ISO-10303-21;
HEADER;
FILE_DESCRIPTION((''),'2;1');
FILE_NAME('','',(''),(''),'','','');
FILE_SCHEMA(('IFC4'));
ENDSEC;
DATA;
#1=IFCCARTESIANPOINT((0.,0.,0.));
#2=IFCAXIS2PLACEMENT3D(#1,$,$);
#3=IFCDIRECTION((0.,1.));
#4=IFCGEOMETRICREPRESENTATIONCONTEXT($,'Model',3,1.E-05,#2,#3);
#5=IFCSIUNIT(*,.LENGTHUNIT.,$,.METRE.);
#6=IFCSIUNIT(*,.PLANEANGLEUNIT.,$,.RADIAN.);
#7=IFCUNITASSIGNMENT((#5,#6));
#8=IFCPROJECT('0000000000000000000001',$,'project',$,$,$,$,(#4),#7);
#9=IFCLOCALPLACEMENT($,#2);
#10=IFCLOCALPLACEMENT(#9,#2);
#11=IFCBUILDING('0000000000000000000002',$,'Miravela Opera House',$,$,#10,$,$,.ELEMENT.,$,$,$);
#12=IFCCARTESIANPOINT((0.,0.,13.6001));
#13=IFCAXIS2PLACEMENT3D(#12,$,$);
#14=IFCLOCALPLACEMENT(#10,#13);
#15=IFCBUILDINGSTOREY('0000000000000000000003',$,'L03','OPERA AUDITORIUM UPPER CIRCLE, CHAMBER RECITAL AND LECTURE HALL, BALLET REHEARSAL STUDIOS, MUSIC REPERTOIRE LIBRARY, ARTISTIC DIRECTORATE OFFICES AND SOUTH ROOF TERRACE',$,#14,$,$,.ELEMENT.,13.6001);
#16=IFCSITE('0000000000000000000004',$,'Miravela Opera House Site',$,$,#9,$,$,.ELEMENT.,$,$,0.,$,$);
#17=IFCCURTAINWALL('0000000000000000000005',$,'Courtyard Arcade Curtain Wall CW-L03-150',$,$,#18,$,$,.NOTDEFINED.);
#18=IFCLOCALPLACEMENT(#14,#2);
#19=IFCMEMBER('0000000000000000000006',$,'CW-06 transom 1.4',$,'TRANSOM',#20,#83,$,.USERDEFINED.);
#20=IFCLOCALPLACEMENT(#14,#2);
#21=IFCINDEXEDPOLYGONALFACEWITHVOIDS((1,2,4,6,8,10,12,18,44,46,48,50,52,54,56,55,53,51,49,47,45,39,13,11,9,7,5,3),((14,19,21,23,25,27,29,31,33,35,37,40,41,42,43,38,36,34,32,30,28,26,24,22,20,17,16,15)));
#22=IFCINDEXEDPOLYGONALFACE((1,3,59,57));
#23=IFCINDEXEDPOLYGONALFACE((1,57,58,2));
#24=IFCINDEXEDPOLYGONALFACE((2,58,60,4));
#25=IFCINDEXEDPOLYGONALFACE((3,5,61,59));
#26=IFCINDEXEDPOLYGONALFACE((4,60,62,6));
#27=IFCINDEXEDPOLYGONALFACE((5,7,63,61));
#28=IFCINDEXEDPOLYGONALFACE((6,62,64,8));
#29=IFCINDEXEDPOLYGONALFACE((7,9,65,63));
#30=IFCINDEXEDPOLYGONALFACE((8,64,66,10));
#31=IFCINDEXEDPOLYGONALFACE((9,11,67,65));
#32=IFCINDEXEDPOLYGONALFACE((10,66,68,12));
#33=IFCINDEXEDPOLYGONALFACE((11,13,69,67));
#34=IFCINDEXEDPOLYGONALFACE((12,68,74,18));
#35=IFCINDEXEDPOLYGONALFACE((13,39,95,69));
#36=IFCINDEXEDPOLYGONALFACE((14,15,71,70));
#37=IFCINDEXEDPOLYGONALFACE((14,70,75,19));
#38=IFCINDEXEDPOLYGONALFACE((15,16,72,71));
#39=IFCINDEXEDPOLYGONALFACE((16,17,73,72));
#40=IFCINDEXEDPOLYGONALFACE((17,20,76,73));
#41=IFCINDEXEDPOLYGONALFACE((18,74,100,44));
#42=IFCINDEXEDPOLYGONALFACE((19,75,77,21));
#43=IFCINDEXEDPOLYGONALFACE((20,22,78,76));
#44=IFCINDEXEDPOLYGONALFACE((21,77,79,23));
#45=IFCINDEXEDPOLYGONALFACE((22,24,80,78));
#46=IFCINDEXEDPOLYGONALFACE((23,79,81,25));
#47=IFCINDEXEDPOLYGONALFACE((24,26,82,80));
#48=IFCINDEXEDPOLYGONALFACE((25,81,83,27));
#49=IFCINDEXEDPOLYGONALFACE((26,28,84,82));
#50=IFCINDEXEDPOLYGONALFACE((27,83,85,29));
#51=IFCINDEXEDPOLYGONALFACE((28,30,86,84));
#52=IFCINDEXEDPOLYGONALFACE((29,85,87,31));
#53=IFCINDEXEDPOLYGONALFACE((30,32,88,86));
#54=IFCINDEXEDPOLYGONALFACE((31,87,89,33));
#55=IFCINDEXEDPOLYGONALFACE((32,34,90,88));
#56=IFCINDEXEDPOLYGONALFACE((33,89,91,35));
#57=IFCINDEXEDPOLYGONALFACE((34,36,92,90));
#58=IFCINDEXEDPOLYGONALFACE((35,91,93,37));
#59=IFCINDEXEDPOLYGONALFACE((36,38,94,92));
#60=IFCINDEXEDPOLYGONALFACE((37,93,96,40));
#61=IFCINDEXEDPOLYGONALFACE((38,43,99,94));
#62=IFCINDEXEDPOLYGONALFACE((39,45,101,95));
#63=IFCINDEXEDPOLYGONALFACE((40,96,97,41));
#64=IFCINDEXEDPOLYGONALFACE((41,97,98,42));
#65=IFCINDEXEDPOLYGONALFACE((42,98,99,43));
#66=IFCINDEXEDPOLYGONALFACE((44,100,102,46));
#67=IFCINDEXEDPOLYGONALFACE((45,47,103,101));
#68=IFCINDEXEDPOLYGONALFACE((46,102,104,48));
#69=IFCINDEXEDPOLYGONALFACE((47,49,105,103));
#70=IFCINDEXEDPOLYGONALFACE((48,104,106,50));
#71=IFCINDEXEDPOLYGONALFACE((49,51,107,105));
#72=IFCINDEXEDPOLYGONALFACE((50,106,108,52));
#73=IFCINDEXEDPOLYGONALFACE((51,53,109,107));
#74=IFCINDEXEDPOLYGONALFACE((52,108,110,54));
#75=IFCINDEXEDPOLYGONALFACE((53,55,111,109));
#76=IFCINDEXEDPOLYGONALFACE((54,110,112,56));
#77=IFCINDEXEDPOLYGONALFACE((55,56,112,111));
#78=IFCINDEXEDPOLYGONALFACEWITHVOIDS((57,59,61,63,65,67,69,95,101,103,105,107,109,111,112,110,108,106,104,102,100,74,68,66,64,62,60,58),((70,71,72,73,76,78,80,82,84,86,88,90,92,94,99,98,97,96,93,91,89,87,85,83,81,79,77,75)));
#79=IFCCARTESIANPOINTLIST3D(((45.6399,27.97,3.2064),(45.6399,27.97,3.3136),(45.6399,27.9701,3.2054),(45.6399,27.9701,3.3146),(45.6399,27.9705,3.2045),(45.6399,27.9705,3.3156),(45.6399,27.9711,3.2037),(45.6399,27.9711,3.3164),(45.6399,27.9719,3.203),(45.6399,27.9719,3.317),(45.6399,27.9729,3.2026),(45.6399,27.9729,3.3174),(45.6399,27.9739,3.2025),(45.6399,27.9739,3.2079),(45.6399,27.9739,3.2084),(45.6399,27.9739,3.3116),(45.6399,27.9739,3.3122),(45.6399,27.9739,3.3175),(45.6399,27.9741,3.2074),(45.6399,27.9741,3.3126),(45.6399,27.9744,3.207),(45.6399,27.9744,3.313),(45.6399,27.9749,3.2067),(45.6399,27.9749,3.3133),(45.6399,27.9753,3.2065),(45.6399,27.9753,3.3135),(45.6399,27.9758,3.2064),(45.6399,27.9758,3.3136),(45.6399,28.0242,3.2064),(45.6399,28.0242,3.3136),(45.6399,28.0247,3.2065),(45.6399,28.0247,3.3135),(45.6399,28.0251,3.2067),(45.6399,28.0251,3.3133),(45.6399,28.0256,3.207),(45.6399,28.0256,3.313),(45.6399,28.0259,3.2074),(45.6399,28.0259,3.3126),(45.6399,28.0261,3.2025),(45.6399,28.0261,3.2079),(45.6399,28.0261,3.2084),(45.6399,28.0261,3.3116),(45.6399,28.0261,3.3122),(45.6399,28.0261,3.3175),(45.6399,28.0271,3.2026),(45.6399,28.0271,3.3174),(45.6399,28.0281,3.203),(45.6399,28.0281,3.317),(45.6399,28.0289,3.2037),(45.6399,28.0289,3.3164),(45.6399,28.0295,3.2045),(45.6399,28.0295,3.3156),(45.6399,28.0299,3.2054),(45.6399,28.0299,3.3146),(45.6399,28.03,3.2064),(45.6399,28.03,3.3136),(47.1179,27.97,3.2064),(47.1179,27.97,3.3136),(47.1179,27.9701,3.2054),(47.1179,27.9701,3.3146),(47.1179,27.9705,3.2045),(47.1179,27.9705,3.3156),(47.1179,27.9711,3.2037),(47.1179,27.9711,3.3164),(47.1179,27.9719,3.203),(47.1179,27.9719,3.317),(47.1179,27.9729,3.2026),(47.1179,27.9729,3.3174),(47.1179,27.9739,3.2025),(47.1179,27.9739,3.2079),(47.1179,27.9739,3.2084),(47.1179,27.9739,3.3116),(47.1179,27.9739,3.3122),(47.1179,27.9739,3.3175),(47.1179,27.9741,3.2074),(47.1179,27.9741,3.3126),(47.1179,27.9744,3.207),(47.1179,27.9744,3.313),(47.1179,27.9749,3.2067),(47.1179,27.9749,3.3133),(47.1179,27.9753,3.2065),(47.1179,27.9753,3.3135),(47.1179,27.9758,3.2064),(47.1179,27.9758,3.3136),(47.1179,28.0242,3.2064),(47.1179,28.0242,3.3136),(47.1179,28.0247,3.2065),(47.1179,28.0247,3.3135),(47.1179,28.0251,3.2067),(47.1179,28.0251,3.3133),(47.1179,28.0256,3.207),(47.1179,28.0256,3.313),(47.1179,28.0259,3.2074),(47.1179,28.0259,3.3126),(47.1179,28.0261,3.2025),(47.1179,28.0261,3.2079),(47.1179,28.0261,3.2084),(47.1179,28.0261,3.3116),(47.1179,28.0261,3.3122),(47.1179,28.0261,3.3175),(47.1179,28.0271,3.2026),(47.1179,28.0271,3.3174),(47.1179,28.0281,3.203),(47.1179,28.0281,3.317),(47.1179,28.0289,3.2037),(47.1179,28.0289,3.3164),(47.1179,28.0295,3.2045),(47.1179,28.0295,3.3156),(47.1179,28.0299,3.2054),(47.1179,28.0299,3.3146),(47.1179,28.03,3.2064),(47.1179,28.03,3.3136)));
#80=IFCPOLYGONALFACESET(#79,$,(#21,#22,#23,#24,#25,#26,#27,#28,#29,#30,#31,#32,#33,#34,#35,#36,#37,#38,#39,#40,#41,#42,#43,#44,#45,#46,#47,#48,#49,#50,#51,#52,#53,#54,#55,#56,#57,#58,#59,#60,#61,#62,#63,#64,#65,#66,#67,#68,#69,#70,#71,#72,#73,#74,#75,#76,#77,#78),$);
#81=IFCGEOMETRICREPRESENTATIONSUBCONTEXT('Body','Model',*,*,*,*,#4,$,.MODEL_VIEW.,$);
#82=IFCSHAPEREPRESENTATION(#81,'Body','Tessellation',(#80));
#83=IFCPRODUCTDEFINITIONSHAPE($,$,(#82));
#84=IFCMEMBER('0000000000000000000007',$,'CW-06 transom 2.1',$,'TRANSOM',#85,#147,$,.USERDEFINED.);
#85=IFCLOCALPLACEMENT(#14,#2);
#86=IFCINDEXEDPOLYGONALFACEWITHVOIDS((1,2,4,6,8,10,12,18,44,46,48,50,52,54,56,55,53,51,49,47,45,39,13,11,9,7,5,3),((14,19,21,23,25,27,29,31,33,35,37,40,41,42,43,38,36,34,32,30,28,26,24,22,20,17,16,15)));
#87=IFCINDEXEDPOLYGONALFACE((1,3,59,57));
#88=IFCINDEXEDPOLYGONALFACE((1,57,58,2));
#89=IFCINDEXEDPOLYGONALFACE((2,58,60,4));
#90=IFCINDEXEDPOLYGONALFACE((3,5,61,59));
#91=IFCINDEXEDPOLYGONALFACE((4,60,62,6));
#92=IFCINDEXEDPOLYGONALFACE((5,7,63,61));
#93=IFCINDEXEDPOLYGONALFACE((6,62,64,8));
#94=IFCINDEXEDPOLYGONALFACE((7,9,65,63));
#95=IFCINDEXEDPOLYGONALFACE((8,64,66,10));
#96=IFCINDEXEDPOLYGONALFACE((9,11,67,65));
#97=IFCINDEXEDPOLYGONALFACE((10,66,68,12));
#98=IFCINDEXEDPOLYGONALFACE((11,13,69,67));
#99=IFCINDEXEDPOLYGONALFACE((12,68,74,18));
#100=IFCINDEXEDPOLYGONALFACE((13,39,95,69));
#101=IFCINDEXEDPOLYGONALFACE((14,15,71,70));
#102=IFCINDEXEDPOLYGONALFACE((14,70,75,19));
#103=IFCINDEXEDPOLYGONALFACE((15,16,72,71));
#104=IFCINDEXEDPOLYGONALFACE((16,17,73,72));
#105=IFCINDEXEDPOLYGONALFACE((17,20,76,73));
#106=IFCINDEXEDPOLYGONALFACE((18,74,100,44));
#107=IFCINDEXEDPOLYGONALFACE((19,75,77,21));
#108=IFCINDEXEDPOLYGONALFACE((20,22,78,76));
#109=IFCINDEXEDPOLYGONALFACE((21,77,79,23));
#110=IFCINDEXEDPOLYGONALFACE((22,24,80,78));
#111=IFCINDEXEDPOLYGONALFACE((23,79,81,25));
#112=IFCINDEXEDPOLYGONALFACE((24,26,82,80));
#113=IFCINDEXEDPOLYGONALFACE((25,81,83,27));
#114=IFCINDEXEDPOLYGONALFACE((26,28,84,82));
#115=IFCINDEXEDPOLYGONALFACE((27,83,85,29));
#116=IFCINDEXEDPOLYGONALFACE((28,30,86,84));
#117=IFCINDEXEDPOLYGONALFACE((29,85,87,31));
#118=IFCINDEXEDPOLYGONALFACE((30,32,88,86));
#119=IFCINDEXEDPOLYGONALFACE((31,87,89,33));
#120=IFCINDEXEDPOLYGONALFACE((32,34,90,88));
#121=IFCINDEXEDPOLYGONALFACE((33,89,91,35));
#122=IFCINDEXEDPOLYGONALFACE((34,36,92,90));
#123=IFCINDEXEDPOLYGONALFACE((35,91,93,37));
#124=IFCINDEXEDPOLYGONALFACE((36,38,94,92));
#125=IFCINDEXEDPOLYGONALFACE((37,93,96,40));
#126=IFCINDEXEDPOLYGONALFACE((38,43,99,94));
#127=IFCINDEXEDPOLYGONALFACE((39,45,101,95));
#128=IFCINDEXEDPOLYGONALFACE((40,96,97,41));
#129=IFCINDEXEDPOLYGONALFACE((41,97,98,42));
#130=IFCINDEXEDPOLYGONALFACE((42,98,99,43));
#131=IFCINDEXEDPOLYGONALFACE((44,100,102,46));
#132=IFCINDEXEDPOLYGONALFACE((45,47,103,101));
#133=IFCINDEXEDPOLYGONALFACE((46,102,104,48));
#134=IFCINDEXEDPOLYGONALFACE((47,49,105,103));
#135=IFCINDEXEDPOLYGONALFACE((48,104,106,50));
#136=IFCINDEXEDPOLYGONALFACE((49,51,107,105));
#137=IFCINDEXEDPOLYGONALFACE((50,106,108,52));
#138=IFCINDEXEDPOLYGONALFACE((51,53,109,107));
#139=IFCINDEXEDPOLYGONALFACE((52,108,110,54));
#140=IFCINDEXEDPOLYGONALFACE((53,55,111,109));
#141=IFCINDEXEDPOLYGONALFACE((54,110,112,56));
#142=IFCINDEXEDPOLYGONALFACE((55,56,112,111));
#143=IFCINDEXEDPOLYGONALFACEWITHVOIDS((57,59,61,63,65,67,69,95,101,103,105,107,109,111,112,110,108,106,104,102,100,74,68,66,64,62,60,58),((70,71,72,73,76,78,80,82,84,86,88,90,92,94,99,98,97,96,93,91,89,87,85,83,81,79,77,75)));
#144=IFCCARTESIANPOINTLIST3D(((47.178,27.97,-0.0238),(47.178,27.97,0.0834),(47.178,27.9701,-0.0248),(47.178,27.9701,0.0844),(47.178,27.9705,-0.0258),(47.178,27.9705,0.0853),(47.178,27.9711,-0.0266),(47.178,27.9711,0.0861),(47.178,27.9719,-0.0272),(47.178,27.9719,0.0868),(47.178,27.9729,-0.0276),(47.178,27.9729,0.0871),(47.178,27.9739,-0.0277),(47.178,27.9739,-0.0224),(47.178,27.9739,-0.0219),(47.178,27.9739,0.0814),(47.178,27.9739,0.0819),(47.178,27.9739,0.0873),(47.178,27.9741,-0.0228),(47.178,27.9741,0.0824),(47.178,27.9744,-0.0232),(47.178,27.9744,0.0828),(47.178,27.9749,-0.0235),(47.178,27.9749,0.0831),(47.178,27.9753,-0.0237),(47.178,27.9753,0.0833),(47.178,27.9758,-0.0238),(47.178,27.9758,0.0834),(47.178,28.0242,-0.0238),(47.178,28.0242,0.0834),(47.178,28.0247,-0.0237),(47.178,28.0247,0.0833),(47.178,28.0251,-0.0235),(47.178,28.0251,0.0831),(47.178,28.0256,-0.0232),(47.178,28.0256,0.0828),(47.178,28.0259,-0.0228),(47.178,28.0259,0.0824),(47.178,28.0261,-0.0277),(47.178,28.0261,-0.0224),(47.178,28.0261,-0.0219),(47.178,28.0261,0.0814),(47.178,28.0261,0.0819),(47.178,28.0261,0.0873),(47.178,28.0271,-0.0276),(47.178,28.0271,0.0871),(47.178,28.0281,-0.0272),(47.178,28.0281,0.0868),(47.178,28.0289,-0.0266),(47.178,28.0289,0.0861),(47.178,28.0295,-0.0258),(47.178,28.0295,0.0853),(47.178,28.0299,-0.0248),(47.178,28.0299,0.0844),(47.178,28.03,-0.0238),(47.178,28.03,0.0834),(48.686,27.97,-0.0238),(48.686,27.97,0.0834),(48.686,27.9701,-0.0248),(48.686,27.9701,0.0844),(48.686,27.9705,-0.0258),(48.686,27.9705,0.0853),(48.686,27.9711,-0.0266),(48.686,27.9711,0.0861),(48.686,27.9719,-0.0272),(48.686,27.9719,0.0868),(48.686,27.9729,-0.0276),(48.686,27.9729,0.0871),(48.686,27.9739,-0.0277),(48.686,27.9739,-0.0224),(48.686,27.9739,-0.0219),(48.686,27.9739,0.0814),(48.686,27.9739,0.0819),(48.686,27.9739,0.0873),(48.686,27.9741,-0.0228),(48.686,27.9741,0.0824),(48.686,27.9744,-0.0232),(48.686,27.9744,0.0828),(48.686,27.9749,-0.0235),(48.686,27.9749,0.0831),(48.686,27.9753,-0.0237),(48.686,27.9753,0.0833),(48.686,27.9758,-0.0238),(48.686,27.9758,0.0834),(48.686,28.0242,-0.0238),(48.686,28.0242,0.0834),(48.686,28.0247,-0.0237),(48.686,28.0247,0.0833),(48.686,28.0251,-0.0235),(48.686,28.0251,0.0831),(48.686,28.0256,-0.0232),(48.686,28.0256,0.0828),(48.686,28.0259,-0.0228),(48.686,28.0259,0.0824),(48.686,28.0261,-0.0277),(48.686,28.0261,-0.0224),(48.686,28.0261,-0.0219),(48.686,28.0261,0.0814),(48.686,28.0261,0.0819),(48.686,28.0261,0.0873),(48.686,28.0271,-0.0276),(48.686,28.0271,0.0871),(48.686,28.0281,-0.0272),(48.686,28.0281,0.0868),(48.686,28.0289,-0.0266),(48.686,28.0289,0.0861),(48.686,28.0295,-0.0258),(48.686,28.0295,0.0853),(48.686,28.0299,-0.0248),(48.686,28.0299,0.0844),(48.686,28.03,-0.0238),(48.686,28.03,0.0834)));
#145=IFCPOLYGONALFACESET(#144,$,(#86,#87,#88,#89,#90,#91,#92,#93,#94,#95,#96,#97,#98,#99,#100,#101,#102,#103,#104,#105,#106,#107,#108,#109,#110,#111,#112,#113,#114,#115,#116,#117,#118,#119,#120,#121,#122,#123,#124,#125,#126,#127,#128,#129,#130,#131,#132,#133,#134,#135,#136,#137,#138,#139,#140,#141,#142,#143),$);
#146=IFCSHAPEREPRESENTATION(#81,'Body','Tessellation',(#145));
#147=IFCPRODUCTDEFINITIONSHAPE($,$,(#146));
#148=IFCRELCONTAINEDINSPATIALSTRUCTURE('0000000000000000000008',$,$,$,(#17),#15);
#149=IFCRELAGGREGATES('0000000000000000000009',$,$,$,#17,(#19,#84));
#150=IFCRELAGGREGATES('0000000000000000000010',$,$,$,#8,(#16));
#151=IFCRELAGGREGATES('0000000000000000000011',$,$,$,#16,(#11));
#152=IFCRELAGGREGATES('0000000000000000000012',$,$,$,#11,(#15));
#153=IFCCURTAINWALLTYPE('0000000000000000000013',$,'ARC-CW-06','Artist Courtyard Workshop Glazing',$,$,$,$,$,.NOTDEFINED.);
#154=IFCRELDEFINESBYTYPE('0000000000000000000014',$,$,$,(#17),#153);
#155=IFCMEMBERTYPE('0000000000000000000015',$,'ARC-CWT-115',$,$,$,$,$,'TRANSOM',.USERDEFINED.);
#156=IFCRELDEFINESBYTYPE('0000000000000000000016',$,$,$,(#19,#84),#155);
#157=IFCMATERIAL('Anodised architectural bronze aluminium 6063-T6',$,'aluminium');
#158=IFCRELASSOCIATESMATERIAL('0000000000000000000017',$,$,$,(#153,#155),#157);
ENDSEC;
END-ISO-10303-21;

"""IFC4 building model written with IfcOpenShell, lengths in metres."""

from ifc_helpers import new_model, si_unit, direction, frame, origin, origin_2d, place, context, subcontext, project, spatial, hollow_rectangle, extrude, material, material_profile, profile_set, type_object, element, aggregate, save


model = new_model("IFC4")

# Units and contexts
model_context = context("Model", 3, precision=1e-05, world=origin(), true_north=direction((0.0, 1.0)))
body_context = subcontext(model_context, "Body", "Model", "MODEL_VIEW")
ifc_project = project(units=[si_unit("LENGTHUNIT", "METRE"), si_unit("PLANEANGLEUNIT", "RADIAN")], contexts=[model_context])

# Site, building, storey
site_placement = place(None, origin())
site = spatial("IfcSite", under=ifc_project, at=site_placement, Name="Miravela Opera House Site", CompositionType="ELEMENT", RefElevation=0.0)
building_placement = place(site_placement, origin())
building = spatial("IfcBuilding", under=site, at=building_placement, Name="Miravela Opera House", CompositionType="ELEMENT")
storey_placement = place(building_placement, frame((0.0, 0.0, 13.6001)))
storey = spatial("IfcBuildingStorey", under=building, at=storey_placement, Name="L03", Description="OPERA AUDITORIUM UPPER CIRCLE, CHAMBER RECITAL AND LECTURE HALL, BALLET REHEARSAL STUDIOS, MUSIC REPERTOIRE LIBRARY, ARTISTIC DIRECTORATE OFFICES AND SOUTH ROOF TERRACE", CompositionType="ELEMENT", Elevation=13.6001)

# Curtain wall
ifc_material_1 = material(Name="Anodised architectural bronze aluminium 6063-T6", Category="aluminium")
curtain_wall_type = type_object("IfcCurtainWallType", Name="ARC-CW-06", Description="Artist Courtyard Workshop Glazing", PredefinedType="NOTDEFINED", material=ifc_material_1)
curtain_wall_1_placement = place(storey_placement, origin())
curtain_wall_1 = element("IfcCurtainWall", 1, at=curtain_wall_1_placement, inside=storey, type_object=curtain_wall_type, Name="Courtyard Arcade Curtain Wall CW-L03-150", PredefinedType="NOTDEFINED")

# Members
ifc_material_profile_1 = material_profile(ifc_material_1, hollow_rectangle(XDim=0.0601, YDim=0.115, WallThickness=0.0039, InnerFilletRadius=0.002, OuterFilletRadius=0.0039, at=origin_2d()), Name="CWT-60X115")
ifc_profile_set_1 = profile_set([ifc_material_profile_1])
member_type_1 = type_object("IfcMemberType", Name="ARC-CWT-115", ElementType="TRANSOM", PredefinedType="USERDEFINED", material=ifc_profile_set_1)
member_1_placement = place(storey_placement, frame((45.6399, 28.0, 3.26), z_axis=(1.0, 0.0, 0.0), x_axis=(0.0, 1.0, 0.0)))
member_1 = element("IfcMember", 2, at=member_1_placement, type_object=member_type_1, Name="CW-06 transom 1.4", ObjectType="TRANSOM", PredefinedType="USERDEFINED", context=body_context, shape_type="SweptSolid", body=[
    extrude(hollow_rectangle(XDim=0.0601, YDim=0.115, WallThickness=0.0039, InnerFilletRadius=0.002, OuterFilletRadius=0.0039, at=origin_2d()), origin(), (0.0, 0.0, 1.0), 1.478),
])
member_2_placement = place(storey_placement, frame((47.178, 28.0, 0.0298), z_axis=(1.0, 0.0, 0.0), x_axis=(0.0, 1.0, 0.0)))
member_2 = element("IfcMember", 3, at=member_2_placement, type_object=member_type_1, Name="CW-06 transom 2.1", ObjectType="TRANSOM", PredefinedType="USERDEFINED", context=body_context, shape_type="SweptSolid", body=[
    extrude(hollow_rectangle(XDim=0.0601, YDim=0.115, WallThickness=0.0039, InnerFilletRadius=0.002, OuterFilletRadius=0.0039, at=origin_2d()), origin(), (0.0, 0.0, 1.0), 1.5081),
])

aggregate(curtain_wall_1, [member_1, member_2])

save(model, "model.ifc")
